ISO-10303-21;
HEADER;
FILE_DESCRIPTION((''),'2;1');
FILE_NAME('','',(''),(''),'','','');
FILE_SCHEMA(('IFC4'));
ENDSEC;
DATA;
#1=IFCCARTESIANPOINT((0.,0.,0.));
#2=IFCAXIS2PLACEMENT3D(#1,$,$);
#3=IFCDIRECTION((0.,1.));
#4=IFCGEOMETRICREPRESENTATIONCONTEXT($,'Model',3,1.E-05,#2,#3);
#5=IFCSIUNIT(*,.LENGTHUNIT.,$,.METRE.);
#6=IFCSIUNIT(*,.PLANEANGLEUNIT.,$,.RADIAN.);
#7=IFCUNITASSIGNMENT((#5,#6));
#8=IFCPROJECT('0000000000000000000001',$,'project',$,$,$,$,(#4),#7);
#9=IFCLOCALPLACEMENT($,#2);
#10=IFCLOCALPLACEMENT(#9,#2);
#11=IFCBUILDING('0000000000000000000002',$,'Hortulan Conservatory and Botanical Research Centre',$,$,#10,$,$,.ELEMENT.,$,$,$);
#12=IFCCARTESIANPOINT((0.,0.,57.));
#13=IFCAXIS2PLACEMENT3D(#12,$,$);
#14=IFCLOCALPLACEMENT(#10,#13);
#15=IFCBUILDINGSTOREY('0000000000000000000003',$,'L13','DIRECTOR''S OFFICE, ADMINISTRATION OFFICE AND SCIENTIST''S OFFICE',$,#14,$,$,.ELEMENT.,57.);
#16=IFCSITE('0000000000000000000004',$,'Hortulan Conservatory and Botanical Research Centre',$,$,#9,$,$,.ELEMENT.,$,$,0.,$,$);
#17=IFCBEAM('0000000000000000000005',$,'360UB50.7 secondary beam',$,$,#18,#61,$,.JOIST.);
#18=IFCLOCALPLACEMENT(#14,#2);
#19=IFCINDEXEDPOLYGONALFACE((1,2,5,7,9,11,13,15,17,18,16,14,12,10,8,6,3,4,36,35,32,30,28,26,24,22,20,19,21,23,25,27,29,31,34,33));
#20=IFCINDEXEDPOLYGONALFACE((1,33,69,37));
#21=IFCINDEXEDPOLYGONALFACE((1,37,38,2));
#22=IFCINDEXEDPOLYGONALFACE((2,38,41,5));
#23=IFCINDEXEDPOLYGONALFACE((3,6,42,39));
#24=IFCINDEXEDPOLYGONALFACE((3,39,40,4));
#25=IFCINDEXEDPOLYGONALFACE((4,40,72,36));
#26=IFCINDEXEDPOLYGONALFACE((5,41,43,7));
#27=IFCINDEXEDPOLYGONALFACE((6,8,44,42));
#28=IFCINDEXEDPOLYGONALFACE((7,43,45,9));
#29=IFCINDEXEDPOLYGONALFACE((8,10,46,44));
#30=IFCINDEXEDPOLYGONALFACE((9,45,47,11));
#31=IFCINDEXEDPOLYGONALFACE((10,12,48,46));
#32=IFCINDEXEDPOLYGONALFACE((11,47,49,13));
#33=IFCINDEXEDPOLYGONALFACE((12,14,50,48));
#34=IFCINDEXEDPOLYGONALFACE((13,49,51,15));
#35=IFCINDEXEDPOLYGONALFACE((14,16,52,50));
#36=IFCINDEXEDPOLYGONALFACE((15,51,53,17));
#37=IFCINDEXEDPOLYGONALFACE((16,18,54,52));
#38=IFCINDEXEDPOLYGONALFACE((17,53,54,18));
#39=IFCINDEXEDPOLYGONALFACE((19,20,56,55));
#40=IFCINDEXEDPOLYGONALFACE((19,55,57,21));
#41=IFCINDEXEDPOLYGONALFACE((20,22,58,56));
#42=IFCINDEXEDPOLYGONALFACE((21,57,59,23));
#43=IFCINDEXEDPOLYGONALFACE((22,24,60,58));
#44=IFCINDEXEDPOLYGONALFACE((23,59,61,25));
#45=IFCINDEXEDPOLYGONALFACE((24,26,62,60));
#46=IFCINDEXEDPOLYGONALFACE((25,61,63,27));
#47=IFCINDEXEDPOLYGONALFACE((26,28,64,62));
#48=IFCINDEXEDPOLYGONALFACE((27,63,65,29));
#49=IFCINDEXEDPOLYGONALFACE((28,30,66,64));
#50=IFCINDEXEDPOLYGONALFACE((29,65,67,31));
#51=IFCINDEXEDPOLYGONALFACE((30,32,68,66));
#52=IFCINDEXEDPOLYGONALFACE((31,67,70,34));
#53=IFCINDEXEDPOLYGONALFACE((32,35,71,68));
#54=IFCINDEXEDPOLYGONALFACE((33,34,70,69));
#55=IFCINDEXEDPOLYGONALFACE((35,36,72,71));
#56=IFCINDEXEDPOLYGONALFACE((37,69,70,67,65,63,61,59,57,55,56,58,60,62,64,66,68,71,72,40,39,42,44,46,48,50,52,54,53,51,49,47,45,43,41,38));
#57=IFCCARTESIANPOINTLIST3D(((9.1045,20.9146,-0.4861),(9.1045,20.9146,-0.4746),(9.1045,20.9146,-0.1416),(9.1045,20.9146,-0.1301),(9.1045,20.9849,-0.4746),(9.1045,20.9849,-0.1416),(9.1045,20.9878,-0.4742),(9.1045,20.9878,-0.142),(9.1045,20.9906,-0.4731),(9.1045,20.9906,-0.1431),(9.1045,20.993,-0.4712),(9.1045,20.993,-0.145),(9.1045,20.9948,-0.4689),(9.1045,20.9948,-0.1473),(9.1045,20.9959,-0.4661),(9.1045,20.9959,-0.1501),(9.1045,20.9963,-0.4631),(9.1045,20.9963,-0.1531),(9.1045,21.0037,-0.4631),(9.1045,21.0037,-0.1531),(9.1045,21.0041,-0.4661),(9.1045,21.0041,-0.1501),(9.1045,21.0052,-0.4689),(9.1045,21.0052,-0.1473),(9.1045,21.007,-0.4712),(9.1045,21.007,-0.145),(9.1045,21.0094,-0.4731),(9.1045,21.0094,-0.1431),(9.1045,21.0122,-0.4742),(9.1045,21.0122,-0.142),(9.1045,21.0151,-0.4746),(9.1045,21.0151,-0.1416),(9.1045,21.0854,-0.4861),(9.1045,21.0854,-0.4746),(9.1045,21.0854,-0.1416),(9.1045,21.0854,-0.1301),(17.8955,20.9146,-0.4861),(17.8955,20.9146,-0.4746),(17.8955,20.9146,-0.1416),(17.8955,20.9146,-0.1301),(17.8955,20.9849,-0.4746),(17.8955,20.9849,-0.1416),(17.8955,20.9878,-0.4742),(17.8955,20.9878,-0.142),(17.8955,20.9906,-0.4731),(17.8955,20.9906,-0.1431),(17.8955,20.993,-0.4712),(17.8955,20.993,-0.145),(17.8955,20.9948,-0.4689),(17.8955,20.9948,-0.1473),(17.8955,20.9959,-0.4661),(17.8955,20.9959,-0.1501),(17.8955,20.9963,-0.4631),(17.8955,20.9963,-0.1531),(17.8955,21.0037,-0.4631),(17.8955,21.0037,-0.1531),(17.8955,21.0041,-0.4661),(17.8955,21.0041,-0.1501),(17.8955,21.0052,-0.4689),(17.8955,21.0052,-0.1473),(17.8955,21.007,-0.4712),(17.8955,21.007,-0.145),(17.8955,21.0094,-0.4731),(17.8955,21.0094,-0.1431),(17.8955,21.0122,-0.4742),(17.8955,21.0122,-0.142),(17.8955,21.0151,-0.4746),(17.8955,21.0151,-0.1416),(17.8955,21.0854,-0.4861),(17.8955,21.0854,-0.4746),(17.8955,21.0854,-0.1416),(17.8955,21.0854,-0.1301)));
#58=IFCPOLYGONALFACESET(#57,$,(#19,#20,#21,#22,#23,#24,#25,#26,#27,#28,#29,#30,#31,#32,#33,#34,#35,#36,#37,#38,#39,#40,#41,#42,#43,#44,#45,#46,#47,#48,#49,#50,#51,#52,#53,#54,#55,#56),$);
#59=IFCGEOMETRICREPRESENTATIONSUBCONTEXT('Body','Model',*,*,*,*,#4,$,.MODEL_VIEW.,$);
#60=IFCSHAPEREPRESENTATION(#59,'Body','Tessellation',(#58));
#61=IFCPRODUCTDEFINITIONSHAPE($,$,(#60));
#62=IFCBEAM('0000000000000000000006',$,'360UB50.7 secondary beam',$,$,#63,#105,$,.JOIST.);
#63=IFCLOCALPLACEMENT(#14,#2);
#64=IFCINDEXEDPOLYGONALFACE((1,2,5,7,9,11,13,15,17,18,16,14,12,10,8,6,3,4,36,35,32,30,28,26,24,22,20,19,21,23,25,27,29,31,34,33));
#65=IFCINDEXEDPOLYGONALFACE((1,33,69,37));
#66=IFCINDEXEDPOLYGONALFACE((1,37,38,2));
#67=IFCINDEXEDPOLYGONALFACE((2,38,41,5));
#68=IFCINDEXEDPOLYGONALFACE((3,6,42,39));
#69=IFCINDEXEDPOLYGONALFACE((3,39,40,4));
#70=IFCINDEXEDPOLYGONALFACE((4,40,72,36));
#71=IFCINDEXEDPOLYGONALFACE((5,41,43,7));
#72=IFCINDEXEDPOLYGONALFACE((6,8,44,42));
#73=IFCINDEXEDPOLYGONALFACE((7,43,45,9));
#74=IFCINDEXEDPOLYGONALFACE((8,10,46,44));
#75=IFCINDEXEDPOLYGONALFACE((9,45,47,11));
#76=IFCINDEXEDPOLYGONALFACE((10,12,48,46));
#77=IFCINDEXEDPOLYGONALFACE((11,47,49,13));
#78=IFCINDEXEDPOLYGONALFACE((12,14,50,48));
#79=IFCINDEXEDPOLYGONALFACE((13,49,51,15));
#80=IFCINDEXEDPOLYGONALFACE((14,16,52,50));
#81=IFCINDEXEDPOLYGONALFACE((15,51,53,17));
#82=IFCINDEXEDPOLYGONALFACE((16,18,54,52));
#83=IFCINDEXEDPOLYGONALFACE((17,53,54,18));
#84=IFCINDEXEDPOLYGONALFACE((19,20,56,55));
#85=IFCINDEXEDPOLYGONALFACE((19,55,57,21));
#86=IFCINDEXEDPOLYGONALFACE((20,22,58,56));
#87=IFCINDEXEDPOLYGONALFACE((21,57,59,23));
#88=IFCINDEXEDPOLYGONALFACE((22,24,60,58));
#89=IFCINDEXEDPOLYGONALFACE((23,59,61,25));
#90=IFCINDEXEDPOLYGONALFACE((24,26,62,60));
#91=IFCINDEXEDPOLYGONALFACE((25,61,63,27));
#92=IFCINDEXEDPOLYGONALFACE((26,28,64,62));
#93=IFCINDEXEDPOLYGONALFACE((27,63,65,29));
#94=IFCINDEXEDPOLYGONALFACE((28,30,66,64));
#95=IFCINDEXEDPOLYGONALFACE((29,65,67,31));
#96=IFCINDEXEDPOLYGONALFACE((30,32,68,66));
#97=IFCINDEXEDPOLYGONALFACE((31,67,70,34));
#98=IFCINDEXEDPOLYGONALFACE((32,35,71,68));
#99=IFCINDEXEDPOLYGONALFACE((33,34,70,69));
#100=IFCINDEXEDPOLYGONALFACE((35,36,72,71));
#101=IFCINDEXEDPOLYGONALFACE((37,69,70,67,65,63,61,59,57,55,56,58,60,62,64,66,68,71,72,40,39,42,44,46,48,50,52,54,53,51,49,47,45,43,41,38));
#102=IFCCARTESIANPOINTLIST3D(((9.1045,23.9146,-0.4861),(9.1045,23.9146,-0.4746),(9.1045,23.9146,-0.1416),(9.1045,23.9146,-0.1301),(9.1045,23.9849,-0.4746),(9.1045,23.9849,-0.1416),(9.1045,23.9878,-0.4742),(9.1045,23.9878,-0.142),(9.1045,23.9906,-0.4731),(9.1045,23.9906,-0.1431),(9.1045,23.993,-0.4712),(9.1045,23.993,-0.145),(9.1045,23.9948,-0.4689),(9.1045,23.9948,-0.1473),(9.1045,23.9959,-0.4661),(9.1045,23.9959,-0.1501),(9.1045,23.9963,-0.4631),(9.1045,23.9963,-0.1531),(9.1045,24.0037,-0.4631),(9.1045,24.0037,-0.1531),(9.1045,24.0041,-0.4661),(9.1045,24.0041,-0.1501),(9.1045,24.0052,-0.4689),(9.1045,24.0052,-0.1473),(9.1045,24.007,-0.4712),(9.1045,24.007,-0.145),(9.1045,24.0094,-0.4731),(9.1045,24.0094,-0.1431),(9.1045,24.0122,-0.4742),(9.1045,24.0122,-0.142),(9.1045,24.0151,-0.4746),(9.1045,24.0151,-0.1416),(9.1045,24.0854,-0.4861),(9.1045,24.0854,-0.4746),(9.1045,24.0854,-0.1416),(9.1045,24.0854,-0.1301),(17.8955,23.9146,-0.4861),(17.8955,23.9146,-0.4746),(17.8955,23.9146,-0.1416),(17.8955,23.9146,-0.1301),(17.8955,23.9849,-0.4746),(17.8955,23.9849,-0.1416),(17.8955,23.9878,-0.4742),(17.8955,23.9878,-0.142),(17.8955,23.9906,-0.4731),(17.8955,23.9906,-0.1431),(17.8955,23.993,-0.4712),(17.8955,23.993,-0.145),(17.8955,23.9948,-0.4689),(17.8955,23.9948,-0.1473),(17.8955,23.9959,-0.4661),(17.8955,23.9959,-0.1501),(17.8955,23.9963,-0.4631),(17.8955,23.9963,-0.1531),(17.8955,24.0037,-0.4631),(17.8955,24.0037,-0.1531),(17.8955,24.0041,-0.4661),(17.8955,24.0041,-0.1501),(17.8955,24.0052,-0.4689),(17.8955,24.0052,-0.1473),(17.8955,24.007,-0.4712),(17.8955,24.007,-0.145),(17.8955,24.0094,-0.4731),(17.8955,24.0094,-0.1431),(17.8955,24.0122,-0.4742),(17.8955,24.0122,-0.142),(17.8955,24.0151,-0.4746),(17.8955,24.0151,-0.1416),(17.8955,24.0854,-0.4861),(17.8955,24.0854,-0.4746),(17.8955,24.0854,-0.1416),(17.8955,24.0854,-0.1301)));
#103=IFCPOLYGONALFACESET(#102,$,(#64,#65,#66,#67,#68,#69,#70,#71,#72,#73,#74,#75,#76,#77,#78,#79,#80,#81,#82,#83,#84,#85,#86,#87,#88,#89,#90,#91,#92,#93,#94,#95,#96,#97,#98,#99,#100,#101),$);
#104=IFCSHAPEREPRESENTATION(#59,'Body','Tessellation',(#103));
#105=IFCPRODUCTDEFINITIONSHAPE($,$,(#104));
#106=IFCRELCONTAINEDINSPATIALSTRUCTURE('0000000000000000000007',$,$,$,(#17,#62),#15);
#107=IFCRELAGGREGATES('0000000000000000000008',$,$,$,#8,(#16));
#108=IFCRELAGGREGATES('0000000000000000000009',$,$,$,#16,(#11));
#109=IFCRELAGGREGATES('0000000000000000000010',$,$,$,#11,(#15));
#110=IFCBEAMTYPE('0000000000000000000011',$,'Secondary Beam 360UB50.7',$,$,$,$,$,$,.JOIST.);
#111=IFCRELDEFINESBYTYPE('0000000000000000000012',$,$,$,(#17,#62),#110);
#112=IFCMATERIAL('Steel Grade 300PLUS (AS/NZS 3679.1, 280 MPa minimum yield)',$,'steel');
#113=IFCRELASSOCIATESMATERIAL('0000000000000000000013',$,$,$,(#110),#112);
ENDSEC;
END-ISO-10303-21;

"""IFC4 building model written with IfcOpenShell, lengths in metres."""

from ifc_helpers import new_model, si_unit, direction, frame, origin, origin_2d, place, context, subcontext, project, spatial, i_section, extrude, material, material_profile, profile_set, type_object, element, save


model = new_model("IFC4")

# Units and contexts
model_context = context("Model", 3, precision=1e-05, world=origin(), true_north=direction((0.0, 1.0)))
body_context = subcontext(model_context, "Body", "Model", "MODEL_VIEW")
ifc_project = project(units=[si_unit("LENGTHUNIT", "METRE"), si_unit("PLANEANGLEUNIT", "RADIAN")], contexts=[model_context])

# Site, building, storey
site_placement = place(None, origin())
site = spatial("IfcSite", under=ifc_project, at=site_placement, Name="Hortulan Conservatory and Botanical Research Centre", CompositionType="ELEMENT", RefElevation=0.0)
building_placement = place(site_placement, origin())
building = spatial("IfcBuilding", under=site, at=building_placement, Name="Hortulan Conservatory and Botanical Research Centre", CompositionType="ELEMENT")
storey_placement = place(building_placement, frame((0.0, 0.0, 57.0)))
storey = spatial("IfcBuildingStorey", under=building, at=storey_placement, Name="L13", Description="DIRECTOR'S OFFICE, ADMINISTRATION OFFICE AND SCIENTIST'S OFFICE", CompositionType="ELEMENT", Elevation=57.0)

# Shared definitions
ifc_material_1 = material(Name="Steel Grade 300PLUS (AS/NZS 3679.1, 280 MPa minimum yield)", Category="steel")

# Beams
ifc_material_profile_1 = material_profile(ifc_material_1, i_section(OverallWidth=0.1709, OverallDepth=0.356, WebThickness=0.0073, FlangeThickness=0.0115, FilletRadius=0.0115, at=origin_2d()), Name="360UB50.7")
ifc_profile_set_1 = profile_set([ifc_material_profile_1], Name="Steel Grade 300PLUS (AS/NZS 3679.1, 280 MPa minimum yield)")
beam_type_1 = type_object("IfcBeamType", Name="Secondary Beam 360UB50.7", PredefinedType="JOIST", material=ifc_profile_set_1)
for number, where, z_axis, x_axis, name in (
    (1, (9.1045, 21.0, -0.3081), (1.0, 0.0, 0.0), (0.0, 1.0, 0.0), "360UB50.7 secondary beam"),
    (2, (9.1045, 24.0, -0.3081), (1.0, 0.0, 0.0), (0.0, 1.0, 0.0), "360UB50.7 secondary beam"),
):
    element("IfcBeam", number, at=place(storey_placement, frame(where, z_axis=z_axis, x_axis=x_axis)), inside=storey, type_object=beam_type_1, Name=name, PredefinedType="JOIST", context=body_context, shape_type="SweptSolid", body=[
        extrude(i_section(OverallWidth=0.1709, OverallDepth=0.356, WebThickness=0.0073, FlangeThickness=0.0115, FilletRadius=0.0115, at=origin_2d()), origin(), (0.0, 0.0, 1.0), 8.791),
    ])

save(model, "model.ifc")
